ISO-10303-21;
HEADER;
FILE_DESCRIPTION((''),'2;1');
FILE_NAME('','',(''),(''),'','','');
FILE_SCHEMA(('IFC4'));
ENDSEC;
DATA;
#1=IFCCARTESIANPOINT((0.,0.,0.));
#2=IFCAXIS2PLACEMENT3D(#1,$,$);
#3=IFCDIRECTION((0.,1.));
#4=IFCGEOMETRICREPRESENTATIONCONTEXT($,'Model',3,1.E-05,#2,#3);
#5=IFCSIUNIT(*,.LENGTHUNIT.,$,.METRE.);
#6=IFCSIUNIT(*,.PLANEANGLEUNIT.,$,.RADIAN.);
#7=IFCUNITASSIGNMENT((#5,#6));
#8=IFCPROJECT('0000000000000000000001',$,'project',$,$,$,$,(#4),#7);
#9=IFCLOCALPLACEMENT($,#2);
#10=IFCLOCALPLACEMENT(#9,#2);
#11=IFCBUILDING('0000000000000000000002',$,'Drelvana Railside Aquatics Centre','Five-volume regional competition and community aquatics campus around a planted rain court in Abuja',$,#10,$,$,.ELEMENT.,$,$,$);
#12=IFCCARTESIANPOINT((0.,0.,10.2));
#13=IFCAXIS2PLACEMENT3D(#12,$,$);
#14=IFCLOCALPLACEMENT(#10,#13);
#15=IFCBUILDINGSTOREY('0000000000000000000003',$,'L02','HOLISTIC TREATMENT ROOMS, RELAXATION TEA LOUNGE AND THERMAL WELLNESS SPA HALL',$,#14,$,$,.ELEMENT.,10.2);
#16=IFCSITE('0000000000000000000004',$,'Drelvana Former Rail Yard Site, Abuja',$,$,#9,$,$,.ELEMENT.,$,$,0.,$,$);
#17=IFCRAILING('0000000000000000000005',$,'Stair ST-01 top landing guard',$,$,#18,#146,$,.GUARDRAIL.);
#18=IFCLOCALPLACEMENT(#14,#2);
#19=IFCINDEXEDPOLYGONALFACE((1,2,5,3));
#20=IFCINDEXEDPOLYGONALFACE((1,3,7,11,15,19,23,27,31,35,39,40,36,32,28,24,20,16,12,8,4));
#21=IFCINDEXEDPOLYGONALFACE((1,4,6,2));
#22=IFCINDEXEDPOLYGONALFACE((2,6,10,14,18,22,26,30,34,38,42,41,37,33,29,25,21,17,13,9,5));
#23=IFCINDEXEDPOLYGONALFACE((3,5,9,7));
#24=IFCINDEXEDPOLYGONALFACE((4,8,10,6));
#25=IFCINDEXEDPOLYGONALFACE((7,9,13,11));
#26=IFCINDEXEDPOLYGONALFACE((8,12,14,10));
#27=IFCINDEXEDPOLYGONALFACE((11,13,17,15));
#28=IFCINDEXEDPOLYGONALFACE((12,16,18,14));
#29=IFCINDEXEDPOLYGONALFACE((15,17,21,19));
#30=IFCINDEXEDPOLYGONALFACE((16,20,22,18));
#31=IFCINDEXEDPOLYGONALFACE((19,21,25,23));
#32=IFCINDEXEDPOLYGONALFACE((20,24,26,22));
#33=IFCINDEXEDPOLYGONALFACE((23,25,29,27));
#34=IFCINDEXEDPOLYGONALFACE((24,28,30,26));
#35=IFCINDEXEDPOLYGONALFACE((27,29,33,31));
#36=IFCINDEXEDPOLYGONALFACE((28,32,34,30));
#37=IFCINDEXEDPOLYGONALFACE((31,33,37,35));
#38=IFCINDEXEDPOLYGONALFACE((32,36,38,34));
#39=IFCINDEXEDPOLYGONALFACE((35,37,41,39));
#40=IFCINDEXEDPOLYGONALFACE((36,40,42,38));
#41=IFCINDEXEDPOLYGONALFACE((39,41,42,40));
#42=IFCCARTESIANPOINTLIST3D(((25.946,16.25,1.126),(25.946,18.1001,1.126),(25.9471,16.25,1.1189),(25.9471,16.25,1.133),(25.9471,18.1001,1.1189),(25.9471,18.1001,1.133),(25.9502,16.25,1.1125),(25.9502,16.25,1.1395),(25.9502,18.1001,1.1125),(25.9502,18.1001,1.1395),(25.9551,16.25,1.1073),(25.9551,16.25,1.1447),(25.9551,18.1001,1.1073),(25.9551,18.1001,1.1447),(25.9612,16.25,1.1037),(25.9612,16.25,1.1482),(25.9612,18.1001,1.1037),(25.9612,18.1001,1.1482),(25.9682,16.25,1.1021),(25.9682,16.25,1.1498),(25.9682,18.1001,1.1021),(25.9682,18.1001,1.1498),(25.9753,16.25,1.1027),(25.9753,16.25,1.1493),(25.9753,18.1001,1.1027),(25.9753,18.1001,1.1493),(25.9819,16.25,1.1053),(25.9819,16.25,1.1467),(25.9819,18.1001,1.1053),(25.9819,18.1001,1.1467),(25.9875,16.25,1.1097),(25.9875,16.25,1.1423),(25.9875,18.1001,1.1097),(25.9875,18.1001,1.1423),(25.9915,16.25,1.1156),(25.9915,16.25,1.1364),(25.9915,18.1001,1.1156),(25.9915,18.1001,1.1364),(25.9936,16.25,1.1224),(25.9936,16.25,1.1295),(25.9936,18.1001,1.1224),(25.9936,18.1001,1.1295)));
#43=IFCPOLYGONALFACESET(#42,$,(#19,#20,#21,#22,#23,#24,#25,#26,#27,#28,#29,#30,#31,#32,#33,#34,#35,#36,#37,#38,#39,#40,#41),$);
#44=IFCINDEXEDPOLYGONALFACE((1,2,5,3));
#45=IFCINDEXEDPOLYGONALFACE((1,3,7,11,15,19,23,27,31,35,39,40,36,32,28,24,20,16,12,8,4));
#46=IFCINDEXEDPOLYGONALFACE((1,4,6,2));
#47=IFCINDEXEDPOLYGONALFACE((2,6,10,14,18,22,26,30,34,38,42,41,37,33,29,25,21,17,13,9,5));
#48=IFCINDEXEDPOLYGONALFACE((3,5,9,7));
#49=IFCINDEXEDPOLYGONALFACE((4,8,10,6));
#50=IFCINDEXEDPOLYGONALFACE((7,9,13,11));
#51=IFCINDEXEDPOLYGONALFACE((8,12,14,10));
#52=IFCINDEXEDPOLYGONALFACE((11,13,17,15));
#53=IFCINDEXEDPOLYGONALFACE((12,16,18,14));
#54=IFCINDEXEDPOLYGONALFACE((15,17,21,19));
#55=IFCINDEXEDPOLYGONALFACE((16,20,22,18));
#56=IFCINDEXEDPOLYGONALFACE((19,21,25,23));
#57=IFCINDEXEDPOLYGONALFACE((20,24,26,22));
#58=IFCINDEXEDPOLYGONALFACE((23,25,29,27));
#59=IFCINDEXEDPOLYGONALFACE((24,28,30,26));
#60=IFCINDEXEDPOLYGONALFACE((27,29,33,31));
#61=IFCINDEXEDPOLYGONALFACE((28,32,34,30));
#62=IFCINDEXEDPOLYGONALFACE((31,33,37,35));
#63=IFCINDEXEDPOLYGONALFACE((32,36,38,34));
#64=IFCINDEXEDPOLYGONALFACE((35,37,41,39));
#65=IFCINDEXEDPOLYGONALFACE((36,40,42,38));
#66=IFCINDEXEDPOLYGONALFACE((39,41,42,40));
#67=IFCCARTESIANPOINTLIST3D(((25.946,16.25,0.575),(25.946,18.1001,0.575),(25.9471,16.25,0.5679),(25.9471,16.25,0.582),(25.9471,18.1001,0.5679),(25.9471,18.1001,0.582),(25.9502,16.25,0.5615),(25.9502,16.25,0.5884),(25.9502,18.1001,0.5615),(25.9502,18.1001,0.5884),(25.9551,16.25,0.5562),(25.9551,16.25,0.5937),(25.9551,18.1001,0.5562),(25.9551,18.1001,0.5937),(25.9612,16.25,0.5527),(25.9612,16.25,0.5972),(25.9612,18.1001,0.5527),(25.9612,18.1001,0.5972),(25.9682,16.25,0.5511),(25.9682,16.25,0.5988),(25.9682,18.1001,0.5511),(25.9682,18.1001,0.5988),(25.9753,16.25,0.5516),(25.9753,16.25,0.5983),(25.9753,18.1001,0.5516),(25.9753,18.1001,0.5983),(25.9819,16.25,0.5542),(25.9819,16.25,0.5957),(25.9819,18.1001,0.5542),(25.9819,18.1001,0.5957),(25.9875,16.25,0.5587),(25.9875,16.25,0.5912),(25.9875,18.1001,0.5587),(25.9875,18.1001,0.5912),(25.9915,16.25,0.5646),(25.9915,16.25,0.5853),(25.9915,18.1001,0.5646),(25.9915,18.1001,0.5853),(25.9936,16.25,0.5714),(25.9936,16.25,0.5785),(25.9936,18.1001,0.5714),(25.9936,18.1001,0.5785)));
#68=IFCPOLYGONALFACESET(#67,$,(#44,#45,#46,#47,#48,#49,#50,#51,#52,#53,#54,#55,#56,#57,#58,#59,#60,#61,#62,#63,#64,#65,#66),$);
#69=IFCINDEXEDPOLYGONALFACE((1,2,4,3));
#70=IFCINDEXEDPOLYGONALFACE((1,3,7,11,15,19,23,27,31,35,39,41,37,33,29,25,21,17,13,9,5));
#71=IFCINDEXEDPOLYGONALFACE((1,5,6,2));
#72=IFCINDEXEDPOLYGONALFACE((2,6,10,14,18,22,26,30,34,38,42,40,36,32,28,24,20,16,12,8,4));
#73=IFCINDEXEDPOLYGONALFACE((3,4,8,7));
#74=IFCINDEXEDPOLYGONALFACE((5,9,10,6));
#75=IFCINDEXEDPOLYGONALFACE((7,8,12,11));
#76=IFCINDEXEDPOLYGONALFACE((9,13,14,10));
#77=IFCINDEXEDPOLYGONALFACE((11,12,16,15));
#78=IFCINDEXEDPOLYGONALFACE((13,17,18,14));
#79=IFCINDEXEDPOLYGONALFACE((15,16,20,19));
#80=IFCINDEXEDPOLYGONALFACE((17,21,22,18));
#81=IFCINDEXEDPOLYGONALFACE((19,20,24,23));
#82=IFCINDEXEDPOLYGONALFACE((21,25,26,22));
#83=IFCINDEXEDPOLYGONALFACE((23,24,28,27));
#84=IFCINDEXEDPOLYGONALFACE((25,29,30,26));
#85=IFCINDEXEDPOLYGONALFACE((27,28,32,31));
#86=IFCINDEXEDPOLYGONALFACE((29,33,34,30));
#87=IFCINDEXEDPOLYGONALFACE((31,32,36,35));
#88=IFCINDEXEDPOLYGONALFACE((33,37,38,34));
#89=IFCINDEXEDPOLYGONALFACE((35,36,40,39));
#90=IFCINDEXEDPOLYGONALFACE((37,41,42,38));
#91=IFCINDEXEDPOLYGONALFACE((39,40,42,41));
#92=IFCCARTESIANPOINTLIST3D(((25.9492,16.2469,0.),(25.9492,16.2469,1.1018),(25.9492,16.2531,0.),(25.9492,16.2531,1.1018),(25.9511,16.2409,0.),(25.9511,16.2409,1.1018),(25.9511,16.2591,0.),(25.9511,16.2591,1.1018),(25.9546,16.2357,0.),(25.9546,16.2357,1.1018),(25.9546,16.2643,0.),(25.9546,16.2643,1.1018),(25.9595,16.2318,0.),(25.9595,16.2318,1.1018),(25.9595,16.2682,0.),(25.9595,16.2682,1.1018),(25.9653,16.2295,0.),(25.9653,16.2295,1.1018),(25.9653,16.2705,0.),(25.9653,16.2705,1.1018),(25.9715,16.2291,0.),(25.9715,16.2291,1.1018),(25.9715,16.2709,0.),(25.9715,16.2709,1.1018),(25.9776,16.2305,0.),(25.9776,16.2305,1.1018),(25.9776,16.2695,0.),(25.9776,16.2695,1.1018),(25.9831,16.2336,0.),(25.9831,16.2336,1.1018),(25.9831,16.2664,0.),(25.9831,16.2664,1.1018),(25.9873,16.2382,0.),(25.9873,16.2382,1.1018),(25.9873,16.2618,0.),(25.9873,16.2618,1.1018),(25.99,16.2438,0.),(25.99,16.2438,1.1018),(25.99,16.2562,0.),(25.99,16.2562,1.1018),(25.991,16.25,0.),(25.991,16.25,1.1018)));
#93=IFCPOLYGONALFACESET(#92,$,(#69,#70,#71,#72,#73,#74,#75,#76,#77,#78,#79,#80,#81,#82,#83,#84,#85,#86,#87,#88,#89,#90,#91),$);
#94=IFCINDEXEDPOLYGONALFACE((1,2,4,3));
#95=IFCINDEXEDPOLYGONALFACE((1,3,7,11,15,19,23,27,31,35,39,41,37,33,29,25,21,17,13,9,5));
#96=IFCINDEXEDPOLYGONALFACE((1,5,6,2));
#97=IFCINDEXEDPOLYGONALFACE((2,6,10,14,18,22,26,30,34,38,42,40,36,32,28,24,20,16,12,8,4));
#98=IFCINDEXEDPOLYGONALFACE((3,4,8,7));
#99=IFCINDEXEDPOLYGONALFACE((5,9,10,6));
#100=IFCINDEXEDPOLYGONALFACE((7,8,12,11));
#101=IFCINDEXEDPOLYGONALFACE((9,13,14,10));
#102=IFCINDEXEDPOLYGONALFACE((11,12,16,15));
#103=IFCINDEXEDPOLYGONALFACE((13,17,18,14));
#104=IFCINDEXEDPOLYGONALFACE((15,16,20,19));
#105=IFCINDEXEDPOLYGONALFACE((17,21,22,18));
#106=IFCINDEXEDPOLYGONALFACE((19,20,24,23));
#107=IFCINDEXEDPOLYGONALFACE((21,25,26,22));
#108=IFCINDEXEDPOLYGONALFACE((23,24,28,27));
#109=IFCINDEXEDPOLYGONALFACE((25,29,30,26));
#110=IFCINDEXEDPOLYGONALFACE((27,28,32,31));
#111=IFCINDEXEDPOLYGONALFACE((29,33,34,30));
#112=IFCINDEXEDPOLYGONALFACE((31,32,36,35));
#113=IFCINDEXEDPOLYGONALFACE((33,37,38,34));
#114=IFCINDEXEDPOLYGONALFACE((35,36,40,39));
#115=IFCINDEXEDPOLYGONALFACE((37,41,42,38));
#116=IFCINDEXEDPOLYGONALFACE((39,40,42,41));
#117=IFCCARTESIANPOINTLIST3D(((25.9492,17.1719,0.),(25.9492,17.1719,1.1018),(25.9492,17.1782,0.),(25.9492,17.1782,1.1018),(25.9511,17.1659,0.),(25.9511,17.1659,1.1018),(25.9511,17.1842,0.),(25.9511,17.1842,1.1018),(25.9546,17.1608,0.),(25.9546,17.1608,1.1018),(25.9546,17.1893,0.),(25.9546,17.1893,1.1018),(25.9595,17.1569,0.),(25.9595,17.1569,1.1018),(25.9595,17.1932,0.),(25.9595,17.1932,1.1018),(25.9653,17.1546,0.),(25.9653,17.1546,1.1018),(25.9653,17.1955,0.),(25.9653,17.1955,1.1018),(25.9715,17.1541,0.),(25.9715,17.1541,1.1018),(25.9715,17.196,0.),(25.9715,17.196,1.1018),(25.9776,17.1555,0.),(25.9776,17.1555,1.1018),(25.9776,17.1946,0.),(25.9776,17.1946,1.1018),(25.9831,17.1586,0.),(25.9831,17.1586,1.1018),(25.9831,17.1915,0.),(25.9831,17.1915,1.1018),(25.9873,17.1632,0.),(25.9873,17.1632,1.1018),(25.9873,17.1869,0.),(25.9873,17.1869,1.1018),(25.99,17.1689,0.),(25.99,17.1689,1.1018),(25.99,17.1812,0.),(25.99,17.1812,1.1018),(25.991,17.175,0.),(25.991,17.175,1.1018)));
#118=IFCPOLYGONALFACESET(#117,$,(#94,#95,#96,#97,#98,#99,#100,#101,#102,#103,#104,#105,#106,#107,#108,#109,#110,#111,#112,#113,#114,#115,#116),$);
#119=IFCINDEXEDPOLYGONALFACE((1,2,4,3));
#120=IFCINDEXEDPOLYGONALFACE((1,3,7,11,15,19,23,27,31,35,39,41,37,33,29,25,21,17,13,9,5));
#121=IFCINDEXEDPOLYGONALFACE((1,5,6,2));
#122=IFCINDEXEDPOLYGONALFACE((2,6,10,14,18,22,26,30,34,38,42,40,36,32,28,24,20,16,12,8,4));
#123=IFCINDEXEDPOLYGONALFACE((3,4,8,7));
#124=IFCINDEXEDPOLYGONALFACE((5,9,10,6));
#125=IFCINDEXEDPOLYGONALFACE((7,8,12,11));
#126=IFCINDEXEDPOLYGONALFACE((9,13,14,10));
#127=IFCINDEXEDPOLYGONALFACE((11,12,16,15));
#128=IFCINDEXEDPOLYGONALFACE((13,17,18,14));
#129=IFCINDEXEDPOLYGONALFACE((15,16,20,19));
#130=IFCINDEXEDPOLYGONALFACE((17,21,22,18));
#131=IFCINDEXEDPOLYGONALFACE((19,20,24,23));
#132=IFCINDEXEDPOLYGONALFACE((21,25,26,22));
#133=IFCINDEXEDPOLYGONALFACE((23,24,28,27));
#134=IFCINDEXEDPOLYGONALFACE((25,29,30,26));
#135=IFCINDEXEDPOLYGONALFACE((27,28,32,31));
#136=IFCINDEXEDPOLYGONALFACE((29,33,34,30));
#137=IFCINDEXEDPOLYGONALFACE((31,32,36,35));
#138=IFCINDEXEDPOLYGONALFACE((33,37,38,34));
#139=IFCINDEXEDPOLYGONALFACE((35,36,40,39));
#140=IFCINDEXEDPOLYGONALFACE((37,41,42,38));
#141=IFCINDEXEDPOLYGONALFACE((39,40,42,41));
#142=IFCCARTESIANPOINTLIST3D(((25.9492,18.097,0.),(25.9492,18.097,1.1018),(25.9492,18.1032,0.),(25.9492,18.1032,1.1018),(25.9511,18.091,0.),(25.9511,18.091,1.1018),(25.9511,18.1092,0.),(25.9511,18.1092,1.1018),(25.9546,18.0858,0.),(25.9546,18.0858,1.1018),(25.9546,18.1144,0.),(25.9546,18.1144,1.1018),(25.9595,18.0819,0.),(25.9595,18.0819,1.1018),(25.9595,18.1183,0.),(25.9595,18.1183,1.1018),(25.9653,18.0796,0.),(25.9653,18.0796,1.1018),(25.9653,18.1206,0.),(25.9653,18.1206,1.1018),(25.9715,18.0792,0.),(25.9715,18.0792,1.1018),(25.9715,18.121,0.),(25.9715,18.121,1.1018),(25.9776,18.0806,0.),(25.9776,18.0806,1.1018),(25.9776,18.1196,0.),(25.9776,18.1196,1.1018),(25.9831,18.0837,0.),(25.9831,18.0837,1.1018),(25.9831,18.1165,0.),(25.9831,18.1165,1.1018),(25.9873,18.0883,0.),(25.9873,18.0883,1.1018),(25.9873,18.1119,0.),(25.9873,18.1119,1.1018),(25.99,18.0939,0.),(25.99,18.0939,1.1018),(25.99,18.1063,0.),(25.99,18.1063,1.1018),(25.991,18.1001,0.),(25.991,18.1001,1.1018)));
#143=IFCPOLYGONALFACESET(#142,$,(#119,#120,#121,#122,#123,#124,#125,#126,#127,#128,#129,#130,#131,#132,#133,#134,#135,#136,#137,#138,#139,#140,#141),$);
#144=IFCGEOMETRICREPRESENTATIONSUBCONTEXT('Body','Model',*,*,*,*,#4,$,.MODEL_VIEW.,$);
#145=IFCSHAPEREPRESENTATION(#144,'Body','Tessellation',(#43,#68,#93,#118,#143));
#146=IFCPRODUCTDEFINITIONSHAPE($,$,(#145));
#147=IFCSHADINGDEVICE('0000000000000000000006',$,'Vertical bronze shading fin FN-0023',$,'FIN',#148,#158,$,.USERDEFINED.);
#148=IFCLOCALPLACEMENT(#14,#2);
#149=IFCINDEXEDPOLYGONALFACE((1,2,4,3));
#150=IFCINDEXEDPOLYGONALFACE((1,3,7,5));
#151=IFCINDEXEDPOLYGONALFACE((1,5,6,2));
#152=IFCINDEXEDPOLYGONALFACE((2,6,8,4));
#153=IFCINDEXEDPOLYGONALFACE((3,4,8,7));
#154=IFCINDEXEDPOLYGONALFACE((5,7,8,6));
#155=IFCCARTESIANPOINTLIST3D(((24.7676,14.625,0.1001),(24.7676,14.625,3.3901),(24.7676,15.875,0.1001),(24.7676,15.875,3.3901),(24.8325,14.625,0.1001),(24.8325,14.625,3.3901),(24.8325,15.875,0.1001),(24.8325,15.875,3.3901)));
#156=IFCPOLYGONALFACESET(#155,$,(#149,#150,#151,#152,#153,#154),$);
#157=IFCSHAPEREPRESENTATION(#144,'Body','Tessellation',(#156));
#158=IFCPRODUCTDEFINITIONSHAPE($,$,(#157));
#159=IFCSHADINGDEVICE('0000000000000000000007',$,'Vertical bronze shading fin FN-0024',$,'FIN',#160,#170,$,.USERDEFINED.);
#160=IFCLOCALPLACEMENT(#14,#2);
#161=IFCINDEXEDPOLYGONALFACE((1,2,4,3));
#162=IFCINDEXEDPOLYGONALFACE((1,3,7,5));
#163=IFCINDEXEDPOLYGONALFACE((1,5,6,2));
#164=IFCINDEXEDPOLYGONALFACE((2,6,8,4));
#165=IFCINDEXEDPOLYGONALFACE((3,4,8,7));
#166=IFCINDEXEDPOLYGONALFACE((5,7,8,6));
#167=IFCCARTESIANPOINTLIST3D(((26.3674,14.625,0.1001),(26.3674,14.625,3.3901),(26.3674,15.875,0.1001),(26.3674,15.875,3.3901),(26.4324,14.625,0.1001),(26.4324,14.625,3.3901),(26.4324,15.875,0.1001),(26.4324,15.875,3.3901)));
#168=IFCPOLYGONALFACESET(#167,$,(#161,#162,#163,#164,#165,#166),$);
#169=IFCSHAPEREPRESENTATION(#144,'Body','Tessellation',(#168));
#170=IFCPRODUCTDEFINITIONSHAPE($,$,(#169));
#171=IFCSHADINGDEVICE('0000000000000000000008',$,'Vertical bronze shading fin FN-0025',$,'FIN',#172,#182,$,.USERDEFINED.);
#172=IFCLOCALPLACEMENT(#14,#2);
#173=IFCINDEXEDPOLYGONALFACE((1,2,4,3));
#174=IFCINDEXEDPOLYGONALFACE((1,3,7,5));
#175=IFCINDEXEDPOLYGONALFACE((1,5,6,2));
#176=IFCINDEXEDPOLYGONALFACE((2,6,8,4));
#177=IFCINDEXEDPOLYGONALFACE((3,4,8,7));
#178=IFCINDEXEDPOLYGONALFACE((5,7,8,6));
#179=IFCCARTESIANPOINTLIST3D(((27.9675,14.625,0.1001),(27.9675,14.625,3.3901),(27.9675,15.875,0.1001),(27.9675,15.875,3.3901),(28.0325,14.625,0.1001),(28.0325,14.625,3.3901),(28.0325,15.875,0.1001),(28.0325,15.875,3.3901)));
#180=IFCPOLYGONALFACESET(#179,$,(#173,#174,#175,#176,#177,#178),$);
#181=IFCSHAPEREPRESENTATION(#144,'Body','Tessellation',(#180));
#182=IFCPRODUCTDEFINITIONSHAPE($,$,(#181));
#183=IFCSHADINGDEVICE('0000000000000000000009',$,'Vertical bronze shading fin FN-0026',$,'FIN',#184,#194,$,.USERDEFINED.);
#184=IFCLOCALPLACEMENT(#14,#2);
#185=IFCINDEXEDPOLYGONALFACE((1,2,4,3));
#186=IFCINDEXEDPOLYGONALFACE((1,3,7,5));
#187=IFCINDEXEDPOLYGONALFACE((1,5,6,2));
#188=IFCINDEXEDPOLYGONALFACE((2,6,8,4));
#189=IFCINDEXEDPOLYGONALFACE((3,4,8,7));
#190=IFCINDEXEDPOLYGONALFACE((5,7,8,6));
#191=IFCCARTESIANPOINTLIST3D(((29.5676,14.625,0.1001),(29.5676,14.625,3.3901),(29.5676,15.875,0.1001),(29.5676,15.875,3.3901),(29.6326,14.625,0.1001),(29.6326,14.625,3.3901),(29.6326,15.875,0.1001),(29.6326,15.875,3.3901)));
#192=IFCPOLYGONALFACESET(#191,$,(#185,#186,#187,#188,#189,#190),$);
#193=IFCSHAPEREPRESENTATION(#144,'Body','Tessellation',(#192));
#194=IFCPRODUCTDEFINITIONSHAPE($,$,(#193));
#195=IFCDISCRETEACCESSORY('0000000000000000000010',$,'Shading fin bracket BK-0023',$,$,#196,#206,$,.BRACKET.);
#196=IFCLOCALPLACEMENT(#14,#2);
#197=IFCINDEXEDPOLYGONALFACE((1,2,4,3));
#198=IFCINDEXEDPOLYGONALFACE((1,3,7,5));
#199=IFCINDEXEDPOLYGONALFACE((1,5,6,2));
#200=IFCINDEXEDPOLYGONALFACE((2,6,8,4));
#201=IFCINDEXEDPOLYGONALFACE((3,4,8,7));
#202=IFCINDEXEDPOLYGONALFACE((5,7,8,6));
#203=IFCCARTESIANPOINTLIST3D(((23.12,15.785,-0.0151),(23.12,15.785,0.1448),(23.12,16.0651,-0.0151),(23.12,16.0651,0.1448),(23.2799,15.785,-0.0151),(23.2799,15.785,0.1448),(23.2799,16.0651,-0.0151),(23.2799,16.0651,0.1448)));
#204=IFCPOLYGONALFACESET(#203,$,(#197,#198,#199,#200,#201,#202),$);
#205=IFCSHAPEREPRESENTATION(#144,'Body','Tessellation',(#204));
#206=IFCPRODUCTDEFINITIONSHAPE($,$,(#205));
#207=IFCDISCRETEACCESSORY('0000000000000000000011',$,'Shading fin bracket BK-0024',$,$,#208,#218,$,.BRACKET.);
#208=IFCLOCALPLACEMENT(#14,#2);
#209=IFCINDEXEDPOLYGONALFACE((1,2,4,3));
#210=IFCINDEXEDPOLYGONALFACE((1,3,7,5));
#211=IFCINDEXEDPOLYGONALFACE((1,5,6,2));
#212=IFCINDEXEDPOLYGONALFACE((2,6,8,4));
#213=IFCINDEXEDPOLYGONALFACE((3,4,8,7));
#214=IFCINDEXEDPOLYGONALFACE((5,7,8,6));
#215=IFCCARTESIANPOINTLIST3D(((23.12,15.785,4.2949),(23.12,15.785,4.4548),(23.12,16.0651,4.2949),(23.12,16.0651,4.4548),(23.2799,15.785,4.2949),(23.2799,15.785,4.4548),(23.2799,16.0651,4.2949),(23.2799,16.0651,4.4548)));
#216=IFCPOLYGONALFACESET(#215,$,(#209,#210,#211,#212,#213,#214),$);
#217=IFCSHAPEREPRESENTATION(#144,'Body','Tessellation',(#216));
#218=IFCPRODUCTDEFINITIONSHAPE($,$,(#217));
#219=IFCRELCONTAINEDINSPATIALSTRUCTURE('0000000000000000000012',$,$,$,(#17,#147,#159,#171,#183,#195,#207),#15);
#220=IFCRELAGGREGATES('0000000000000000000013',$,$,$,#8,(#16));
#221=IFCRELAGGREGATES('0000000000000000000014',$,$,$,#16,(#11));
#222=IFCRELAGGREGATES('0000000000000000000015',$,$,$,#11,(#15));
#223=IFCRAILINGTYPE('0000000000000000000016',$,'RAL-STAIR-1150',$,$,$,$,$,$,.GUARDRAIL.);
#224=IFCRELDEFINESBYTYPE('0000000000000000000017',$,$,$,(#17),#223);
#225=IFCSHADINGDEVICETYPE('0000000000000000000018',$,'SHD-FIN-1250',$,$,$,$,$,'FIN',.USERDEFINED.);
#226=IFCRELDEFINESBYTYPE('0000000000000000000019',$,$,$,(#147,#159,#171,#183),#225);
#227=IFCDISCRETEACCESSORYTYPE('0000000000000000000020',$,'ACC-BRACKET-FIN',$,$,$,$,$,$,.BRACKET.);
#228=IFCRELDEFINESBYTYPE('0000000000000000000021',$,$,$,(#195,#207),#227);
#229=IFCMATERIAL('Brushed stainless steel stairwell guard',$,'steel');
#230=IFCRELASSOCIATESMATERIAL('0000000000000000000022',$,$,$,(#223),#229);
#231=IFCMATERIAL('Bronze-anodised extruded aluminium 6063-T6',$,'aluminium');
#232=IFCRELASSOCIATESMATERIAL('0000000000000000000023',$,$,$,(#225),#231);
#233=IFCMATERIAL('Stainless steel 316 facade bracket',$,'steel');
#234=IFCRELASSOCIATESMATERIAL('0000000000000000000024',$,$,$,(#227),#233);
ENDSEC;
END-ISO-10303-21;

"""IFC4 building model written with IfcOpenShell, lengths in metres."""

from ifc_helpers import new_model, si_unit, direction, frame, origin, origin_2d, place, context, subcontext, project, spatial, rectangle, circle, extrude, material, type_object, element, save


model = new_model("IFC4")

# Units and contexts
model_context = context("Model", 3, precision=1e-05, world=origin(), true_north=direction((0.0, 1.0)))
body_context = subcontext(model_context, "Body", "Model", "MODEL_VIEW")
ifc_project = project(units=[si_unit("LENGTHUNIT", "METRE"), si_unit("PLANEANGLEUNIT", "RADIAN")], contexts=[model_context])

# Site, building, storey
site_placement = place(None, origin())
site = spatial("IfcSite", under=ifc_project, at=site_placement, Name="Drelvana Former Rail Yard Site, Abuja", CompositionType="ELEMENT", RefElevation=0.0)
building_placement = place(site_placement, origin())
building = spatial("IfcBuilding", under=site, at=building_placement, Name="Drelvana Railside Aquatics Centre", Description="Five-volume regional competition and community aquatics campus around a planted rain court in Abuja", CompositionType="ELEMENT")
storey_placement = place(building_placement, frame((0.0, 0.0, 10.2)))
storey = spatial("IfcBuildingStorey", under=building, at=storey_placement, Name="L02", Description="HOLISTIC TREATMENT ROOMS, RELAXATION TEA LOUNGE AND THERMAL WELLNESS SPA HALL", CompositionType="ELEMENT", Elevation=10.2)

# Shared definitions
ifc_material_1 = material(Name="Bronze-anodised extruded aluminium 6063-T6", Category="aluminium")

# Railing
ifc_material_2 = material(Name="Brushed stainless steel stairwell guard", Category="steel")
railing_type = type_object("IfcRailingType", Name="RAL-STAIR-1150", PredefinedType="GUARDRAIL", material=ifc_material_2)
railing_placement = place(storey_placement, frame((25.97, 16.25, 0.0)))
element("IfcRailing", 1, at=railing_placement, inside=storey, type_object=railing_type, Name="Stair ST-01 top landing guard", PredefinedType="GUARDRAIL", context=body_context, shape_type="SweptSolid", body=[
    extrude(circle(Radius=0.0239, at=origin_2d()), frame((0.0, 0.0, 1.126), z_axis=(0.0, 1.0, 0.0), x_axis=(-1.0, 0.0, 0.0)), (0.0, 0.0, 1.0), 1.8501),
    extrude(circle(Radius=0.0239, at=origin_2d()), frame((0.0, 0.0, 0.575), z_axis=(0.0, 1.0, 0.0), x_axis=(-1.0, 0.0, 0.0)), (0.0, 0.0, 1.0), 1.8501),
    extrude(circle(Radius=0.021, at=origin_2d()), origin(), (0.0, 0.0, 1.0), 1.1018),
    extrude(circle(Radius=0.021, at=origin_2d()), frame((0.0, 0.925, 0.0)), (0.0, 0.0, 1.0), 1.1018),
    extrude(circle(Radius=0.021, at=origin_2d()), frame((0.0, 1.8501, 0.0)), (0.0, 0.0, 1.0), 1.1018),
])

# Shading devices
shading_device_type = type_object("IfcShadingDeviceType", Name="SHD-FIN-1250", ElementType="FIN", PredefinedType="USERDEFINED", material=ifc_material_1)
for number, where, z_axis, x_axis, name in (
    (2, (24.8, 15.25, 0.1001), (0.0, 0.0, 1.0), (0.0, -1.0, 0.0), "Vertical bronze shading fin FN-0023"),
    (3, (26.3999, 15.25, 0.1001), (0.0, 0.0, 1.0), (0.0, -1.0, 0.0), "Vertical bronze shading fin FN-0024"),
    (4, (28.0, 15.25, 0.1001), (0.0, 0.0, 1.0), (0.0, -1.0, 0.0), "Vertical bronze shading fin FN-0025"),
    (5, (29.6001, 15.25, 0.1001), (0.0, 0.0, 1.0), (0.0, -1.0, 0.0), "Vertical bronze shading fin FN-0026"),
):
    element("IfcShadingDevice", number, at=place(storey_placement, frame(where, z_axis=z_axis, x_axis=x_axis)), inside=storey, type_object=shading_device_type, Name=name, ObjectType="FIN", PredefinedType="USERDEFINED", context=body_context, shape_type="SweptSolid", body=[
        extrude(rectangle(XDim=1.25, YDim=0.0649, at=origin_2d()), origin(), (0.0, 0.0, 1.0), 3.29),
    ])

# Discrete accessories
ifc_material_3 = material(Name="Stainless steel 316 facade bracket", Category="steel")
discrete_accessory_type = type_object("IfcDiscreteAccessoryType", Name="ACC-BRACKET-FIN", PredefinedType="BRACKET", material=ifc_material_3)
for number, where, z_axis, x_axis, name in (
    (6, (23.2, 15.925, -0.0151), (0.0, 0.0, 1.0), (0.0, -1.0, 0.0), "Shading fin bracket BK-0023"),
    (7, (23.2, 15.925, 4.2949), (0.0, 0.0, 1.0), (0.0, -1.0, 0.0), "Shading fin bracket BK-0024"),
):
    element("IfcDiscreteAccessory", number, at=place(storey_placement, frame(where, z_axis=z_axis, x_axis=x_axis)), inside=storey, type_object=discrete_accessory_type, Name=name, PredefinedType="BRACKET", context=body_context, shape_type="SweptSolid", body=[
        extrude(rectangle(XDim=0.28, YDim=0.1599, at=origin_2d()), origin(), (0.0, 0.0, 1.0), 0.1599),
    ])

save(model, "model.ifc")
